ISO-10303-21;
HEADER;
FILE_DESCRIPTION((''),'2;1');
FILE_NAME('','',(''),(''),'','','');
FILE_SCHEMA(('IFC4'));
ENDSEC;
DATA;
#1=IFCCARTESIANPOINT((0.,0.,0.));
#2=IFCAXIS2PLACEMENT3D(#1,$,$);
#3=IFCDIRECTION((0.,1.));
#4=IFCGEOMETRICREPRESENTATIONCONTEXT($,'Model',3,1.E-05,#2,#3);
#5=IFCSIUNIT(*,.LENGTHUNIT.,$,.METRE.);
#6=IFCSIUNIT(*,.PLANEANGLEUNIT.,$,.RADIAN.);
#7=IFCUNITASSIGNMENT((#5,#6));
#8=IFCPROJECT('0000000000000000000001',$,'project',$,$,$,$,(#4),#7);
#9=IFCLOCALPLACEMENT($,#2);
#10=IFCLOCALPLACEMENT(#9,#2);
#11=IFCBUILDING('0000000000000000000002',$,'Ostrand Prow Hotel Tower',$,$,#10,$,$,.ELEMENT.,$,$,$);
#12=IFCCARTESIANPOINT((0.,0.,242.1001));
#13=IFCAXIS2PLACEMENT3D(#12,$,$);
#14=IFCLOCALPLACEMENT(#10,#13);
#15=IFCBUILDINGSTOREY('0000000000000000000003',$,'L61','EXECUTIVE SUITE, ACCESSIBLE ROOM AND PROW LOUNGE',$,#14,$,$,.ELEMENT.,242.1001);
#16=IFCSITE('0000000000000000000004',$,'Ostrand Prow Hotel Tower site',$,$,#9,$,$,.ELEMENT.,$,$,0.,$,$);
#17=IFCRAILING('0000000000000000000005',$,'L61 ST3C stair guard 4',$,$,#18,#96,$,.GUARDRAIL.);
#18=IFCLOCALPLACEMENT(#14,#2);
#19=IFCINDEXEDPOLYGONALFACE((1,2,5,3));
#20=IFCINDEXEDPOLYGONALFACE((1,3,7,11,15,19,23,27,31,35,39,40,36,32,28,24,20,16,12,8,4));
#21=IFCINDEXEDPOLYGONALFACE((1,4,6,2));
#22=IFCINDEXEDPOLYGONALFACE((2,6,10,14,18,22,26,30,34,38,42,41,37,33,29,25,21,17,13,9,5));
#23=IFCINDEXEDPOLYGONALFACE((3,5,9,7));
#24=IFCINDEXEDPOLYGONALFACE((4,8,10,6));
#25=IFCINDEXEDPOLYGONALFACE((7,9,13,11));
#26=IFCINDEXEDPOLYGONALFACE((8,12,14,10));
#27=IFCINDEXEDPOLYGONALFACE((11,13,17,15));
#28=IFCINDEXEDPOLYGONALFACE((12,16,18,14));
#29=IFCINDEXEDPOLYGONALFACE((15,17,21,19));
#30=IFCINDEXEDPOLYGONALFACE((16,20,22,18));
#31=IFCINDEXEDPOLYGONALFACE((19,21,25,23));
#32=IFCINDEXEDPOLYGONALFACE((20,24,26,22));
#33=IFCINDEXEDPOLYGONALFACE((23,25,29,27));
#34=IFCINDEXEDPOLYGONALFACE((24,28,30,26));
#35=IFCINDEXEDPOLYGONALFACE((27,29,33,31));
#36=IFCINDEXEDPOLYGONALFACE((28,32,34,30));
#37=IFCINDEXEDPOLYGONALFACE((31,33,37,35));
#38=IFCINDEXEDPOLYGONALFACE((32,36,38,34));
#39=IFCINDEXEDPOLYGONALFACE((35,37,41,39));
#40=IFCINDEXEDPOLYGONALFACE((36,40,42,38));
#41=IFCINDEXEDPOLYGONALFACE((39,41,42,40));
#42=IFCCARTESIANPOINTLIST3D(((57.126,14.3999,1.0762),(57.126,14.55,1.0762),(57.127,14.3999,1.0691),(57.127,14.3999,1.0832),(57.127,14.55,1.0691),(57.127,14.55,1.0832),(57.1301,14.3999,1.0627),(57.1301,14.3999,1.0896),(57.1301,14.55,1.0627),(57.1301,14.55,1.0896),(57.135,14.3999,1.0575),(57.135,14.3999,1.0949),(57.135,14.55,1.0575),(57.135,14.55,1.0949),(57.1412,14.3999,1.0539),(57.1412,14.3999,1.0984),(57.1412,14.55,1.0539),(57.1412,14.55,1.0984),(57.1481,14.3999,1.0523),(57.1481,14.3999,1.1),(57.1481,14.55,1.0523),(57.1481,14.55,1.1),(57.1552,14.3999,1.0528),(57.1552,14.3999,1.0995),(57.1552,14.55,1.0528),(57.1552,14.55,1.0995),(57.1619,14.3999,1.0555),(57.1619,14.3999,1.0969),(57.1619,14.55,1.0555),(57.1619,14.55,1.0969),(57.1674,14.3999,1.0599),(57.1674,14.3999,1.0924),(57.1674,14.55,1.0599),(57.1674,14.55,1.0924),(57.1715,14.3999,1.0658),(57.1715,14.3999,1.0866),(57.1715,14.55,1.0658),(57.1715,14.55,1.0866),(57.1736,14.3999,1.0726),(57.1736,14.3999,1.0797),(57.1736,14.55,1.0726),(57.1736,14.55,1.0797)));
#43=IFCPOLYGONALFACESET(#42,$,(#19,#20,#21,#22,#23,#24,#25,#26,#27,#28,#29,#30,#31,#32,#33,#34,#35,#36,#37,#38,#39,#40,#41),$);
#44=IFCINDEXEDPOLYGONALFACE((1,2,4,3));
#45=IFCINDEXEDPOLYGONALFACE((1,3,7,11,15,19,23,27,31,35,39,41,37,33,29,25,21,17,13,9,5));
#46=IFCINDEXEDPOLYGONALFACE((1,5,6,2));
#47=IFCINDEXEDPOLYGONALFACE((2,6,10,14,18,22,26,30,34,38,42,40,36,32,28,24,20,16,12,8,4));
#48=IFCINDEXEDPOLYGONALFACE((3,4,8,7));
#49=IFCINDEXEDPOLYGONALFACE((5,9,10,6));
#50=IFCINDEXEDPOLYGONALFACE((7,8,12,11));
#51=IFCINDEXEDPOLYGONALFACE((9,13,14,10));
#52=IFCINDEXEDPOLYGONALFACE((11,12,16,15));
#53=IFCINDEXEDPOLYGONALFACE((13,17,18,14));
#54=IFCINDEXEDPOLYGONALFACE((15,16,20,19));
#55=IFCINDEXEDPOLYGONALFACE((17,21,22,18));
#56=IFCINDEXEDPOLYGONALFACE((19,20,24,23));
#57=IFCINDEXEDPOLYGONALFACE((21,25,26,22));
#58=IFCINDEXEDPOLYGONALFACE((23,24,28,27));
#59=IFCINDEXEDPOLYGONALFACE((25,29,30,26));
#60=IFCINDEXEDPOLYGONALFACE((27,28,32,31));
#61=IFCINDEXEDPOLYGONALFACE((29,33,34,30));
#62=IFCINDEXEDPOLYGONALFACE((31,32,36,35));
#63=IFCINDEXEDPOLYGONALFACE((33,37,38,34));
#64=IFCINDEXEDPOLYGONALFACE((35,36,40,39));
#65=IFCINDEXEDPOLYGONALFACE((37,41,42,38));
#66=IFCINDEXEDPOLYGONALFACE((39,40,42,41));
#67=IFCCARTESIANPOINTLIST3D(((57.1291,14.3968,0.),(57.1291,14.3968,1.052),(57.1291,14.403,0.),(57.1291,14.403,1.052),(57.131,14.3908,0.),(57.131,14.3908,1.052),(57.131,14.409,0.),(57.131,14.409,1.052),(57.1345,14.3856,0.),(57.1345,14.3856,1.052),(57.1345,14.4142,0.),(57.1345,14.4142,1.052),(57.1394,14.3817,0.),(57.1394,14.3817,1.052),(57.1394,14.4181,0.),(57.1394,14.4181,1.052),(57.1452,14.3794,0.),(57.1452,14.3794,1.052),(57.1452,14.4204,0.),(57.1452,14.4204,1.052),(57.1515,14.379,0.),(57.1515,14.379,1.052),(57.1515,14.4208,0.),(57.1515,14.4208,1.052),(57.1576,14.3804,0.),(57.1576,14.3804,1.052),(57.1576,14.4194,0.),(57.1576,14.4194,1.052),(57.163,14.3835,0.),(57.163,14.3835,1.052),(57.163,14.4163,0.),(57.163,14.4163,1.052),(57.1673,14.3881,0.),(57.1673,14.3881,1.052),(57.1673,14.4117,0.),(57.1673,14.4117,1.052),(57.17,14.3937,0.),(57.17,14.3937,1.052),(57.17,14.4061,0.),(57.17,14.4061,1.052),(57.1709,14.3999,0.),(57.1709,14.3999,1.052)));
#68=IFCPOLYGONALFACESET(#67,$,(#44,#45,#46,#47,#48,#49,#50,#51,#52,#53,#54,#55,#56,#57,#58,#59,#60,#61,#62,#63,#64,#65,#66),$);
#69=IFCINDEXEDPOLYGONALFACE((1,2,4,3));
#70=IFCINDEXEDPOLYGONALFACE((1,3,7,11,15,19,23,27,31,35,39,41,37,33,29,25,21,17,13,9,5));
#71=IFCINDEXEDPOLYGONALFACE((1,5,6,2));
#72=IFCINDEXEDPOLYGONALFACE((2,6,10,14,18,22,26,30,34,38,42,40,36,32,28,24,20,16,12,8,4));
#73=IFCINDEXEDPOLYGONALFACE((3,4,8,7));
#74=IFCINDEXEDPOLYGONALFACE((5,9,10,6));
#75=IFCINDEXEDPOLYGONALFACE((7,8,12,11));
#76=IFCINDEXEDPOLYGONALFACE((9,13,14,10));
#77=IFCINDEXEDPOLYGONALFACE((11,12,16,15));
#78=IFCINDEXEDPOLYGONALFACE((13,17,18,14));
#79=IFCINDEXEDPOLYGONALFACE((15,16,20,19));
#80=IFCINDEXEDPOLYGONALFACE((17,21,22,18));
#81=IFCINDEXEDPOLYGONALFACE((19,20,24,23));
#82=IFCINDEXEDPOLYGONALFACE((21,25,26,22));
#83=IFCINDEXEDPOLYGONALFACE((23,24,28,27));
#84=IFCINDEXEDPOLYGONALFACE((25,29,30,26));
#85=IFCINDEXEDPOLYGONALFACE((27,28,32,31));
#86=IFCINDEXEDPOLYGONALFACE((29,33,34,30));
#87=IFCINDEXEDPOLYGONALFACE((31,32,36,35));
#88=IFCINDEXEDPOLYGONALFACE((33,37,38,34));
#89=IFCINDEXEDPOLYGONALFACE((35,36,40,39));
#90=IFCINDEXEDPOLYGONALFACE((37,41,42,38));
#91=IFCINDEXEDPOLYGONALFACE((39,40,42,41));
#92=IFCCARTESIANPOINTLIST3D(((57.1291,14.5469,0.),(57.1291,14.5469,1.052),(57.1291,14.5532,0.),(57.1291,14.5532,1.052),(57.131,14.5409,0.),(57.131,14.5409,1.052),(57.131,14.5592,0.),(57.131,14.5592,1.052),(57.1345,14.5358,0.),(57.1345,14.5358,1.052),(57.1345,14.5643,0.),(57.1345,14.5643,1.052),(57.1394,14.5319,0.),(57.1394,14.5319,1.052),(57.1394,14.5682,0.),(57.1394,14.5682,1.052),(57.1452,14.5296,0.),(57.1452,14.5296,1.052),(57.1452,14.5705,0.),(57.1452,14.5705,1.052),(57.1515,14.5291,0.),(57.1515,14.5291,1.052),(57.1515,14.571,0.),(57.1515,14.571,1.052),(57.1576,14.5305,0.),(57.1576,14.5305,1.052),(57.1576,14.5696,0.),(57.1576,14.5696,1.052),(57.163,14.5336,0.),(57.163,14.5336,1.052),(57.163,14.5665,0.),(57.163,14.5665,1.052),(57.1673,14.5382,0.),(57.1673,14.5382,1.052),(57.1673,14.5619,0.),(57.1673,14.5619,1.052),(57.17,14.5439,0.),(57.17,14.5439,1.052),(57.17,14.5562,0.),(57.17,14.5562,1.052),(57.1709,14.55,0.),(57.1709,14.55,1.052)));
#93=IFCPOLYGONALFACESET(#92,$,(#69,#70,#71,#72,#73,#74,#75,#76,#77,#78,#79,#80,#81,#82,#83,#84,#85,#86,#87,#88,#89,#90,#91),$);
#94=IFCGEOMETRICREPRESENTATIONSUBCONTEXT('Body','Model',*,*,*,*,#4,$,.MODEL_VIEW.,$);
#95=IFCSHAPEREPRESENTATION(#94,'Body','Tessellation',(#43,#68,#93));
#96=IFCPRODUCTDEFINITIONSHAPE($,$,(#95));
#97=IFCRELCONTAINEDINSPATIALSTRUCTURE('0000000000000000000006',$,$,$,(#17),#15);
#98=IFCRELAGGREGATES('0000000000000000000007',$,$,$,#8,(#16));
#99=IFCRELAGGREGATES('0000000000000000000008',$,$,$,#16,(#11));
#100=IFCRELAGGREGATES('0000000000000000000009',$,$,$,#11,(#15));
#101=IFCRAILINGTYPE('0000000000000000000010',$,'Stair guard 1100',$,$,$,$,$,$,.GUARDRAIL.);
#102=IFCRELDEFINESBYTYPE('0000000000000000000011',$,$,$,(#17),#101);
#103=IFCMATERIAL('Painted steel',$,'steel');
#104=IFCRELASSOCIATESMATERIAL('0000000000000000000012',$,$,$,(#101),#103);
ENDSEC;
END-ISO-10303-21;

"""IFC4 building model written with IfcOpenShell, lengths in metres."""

from ifc_helpers import new_model, si_unit, direction, frame, origin, origin_2d, place, context, subcontext, project, spatial, circle, extrude, material, type_object, element, save


model = new_model("IFC4")

# Units and contexts
model_context = context("Model", 3, precision=1e-05, world=origin(), true_north=direction((0.0, 1.0)))
body_context = subcontext(model_context, "Body", "Model", "MODEL_VIEW")
ifc_project = project(units=[si_unit("LENGTHUNIT", "METRE"), si_unit("PLANEANGLEUNIT", "RADIAN")], contexts=[model_context])

# Site, building, storey
site_placement = place(None, origin())
site = spatial("IfcSite", under=ifc_project, at=site_placement, Name="Ostrand Prow Hotel Tower site", CompositionType="ELEMENT", RefElevation=0.0)
building_placement = place(site_placement, origin())
building = spatial("IfcBuilding", under=site, at=building_placement, Name="Ostrand Prow Hotel Tower", CompositionType="ELEMENT")
storey_placement = place(building_placement, frame((0.0, 0.0, 242.1001)))
storey = spatial("IfcBuildingStorey", under=building, at=storey_placement, Name="L61", Description="EXECUTIVE SUITE, ACCESSIBLE ROOM AND PROW LOUNGE", CompositionType="ELEMENT", Elevation=242.1001)

# Railing
ifc_material_1 = material(Name="Painted steel", Category="steel")
railing_type_1 = type_object("IfcRailingType", Name="Stair guard 1100", PredefinedType="GUARDRAIL", material=ifc_material_1)
railing_1_placement = place(storey_placement, frame((57.1499, 14.3999, 0.0)))
element("IfcRailing", 1, at=railing_1_placement, inside=storey, type_object=railing_type_1, Name="L61 ST3C stair guard 4", PredefinedType="GUARDRAIL", context=body_context, shape_type="SweptSolid", body=[
    extrude(circle(Radius=0.0239, at=origin_2d()), frame((0.0, 0.0, 1.0762), z_axis=(0.0, 1.0, 0.0), x_axis=(-1.0, 0.0, 0.0)), (0.0, 0.0, 1.0), 0.1501),
    extrude(circle(Radius=0.021, at=origin_2d()), origin(), (0.0, 0.0, 1.0), 1.052),
    extrude(circle(Radius=0.021, at=origin_2d()), frame((0.0, 0.1501, 0.0)), (0.0, 0.0, 1.0), 1.052),
])

save(model, "model.ifc")
